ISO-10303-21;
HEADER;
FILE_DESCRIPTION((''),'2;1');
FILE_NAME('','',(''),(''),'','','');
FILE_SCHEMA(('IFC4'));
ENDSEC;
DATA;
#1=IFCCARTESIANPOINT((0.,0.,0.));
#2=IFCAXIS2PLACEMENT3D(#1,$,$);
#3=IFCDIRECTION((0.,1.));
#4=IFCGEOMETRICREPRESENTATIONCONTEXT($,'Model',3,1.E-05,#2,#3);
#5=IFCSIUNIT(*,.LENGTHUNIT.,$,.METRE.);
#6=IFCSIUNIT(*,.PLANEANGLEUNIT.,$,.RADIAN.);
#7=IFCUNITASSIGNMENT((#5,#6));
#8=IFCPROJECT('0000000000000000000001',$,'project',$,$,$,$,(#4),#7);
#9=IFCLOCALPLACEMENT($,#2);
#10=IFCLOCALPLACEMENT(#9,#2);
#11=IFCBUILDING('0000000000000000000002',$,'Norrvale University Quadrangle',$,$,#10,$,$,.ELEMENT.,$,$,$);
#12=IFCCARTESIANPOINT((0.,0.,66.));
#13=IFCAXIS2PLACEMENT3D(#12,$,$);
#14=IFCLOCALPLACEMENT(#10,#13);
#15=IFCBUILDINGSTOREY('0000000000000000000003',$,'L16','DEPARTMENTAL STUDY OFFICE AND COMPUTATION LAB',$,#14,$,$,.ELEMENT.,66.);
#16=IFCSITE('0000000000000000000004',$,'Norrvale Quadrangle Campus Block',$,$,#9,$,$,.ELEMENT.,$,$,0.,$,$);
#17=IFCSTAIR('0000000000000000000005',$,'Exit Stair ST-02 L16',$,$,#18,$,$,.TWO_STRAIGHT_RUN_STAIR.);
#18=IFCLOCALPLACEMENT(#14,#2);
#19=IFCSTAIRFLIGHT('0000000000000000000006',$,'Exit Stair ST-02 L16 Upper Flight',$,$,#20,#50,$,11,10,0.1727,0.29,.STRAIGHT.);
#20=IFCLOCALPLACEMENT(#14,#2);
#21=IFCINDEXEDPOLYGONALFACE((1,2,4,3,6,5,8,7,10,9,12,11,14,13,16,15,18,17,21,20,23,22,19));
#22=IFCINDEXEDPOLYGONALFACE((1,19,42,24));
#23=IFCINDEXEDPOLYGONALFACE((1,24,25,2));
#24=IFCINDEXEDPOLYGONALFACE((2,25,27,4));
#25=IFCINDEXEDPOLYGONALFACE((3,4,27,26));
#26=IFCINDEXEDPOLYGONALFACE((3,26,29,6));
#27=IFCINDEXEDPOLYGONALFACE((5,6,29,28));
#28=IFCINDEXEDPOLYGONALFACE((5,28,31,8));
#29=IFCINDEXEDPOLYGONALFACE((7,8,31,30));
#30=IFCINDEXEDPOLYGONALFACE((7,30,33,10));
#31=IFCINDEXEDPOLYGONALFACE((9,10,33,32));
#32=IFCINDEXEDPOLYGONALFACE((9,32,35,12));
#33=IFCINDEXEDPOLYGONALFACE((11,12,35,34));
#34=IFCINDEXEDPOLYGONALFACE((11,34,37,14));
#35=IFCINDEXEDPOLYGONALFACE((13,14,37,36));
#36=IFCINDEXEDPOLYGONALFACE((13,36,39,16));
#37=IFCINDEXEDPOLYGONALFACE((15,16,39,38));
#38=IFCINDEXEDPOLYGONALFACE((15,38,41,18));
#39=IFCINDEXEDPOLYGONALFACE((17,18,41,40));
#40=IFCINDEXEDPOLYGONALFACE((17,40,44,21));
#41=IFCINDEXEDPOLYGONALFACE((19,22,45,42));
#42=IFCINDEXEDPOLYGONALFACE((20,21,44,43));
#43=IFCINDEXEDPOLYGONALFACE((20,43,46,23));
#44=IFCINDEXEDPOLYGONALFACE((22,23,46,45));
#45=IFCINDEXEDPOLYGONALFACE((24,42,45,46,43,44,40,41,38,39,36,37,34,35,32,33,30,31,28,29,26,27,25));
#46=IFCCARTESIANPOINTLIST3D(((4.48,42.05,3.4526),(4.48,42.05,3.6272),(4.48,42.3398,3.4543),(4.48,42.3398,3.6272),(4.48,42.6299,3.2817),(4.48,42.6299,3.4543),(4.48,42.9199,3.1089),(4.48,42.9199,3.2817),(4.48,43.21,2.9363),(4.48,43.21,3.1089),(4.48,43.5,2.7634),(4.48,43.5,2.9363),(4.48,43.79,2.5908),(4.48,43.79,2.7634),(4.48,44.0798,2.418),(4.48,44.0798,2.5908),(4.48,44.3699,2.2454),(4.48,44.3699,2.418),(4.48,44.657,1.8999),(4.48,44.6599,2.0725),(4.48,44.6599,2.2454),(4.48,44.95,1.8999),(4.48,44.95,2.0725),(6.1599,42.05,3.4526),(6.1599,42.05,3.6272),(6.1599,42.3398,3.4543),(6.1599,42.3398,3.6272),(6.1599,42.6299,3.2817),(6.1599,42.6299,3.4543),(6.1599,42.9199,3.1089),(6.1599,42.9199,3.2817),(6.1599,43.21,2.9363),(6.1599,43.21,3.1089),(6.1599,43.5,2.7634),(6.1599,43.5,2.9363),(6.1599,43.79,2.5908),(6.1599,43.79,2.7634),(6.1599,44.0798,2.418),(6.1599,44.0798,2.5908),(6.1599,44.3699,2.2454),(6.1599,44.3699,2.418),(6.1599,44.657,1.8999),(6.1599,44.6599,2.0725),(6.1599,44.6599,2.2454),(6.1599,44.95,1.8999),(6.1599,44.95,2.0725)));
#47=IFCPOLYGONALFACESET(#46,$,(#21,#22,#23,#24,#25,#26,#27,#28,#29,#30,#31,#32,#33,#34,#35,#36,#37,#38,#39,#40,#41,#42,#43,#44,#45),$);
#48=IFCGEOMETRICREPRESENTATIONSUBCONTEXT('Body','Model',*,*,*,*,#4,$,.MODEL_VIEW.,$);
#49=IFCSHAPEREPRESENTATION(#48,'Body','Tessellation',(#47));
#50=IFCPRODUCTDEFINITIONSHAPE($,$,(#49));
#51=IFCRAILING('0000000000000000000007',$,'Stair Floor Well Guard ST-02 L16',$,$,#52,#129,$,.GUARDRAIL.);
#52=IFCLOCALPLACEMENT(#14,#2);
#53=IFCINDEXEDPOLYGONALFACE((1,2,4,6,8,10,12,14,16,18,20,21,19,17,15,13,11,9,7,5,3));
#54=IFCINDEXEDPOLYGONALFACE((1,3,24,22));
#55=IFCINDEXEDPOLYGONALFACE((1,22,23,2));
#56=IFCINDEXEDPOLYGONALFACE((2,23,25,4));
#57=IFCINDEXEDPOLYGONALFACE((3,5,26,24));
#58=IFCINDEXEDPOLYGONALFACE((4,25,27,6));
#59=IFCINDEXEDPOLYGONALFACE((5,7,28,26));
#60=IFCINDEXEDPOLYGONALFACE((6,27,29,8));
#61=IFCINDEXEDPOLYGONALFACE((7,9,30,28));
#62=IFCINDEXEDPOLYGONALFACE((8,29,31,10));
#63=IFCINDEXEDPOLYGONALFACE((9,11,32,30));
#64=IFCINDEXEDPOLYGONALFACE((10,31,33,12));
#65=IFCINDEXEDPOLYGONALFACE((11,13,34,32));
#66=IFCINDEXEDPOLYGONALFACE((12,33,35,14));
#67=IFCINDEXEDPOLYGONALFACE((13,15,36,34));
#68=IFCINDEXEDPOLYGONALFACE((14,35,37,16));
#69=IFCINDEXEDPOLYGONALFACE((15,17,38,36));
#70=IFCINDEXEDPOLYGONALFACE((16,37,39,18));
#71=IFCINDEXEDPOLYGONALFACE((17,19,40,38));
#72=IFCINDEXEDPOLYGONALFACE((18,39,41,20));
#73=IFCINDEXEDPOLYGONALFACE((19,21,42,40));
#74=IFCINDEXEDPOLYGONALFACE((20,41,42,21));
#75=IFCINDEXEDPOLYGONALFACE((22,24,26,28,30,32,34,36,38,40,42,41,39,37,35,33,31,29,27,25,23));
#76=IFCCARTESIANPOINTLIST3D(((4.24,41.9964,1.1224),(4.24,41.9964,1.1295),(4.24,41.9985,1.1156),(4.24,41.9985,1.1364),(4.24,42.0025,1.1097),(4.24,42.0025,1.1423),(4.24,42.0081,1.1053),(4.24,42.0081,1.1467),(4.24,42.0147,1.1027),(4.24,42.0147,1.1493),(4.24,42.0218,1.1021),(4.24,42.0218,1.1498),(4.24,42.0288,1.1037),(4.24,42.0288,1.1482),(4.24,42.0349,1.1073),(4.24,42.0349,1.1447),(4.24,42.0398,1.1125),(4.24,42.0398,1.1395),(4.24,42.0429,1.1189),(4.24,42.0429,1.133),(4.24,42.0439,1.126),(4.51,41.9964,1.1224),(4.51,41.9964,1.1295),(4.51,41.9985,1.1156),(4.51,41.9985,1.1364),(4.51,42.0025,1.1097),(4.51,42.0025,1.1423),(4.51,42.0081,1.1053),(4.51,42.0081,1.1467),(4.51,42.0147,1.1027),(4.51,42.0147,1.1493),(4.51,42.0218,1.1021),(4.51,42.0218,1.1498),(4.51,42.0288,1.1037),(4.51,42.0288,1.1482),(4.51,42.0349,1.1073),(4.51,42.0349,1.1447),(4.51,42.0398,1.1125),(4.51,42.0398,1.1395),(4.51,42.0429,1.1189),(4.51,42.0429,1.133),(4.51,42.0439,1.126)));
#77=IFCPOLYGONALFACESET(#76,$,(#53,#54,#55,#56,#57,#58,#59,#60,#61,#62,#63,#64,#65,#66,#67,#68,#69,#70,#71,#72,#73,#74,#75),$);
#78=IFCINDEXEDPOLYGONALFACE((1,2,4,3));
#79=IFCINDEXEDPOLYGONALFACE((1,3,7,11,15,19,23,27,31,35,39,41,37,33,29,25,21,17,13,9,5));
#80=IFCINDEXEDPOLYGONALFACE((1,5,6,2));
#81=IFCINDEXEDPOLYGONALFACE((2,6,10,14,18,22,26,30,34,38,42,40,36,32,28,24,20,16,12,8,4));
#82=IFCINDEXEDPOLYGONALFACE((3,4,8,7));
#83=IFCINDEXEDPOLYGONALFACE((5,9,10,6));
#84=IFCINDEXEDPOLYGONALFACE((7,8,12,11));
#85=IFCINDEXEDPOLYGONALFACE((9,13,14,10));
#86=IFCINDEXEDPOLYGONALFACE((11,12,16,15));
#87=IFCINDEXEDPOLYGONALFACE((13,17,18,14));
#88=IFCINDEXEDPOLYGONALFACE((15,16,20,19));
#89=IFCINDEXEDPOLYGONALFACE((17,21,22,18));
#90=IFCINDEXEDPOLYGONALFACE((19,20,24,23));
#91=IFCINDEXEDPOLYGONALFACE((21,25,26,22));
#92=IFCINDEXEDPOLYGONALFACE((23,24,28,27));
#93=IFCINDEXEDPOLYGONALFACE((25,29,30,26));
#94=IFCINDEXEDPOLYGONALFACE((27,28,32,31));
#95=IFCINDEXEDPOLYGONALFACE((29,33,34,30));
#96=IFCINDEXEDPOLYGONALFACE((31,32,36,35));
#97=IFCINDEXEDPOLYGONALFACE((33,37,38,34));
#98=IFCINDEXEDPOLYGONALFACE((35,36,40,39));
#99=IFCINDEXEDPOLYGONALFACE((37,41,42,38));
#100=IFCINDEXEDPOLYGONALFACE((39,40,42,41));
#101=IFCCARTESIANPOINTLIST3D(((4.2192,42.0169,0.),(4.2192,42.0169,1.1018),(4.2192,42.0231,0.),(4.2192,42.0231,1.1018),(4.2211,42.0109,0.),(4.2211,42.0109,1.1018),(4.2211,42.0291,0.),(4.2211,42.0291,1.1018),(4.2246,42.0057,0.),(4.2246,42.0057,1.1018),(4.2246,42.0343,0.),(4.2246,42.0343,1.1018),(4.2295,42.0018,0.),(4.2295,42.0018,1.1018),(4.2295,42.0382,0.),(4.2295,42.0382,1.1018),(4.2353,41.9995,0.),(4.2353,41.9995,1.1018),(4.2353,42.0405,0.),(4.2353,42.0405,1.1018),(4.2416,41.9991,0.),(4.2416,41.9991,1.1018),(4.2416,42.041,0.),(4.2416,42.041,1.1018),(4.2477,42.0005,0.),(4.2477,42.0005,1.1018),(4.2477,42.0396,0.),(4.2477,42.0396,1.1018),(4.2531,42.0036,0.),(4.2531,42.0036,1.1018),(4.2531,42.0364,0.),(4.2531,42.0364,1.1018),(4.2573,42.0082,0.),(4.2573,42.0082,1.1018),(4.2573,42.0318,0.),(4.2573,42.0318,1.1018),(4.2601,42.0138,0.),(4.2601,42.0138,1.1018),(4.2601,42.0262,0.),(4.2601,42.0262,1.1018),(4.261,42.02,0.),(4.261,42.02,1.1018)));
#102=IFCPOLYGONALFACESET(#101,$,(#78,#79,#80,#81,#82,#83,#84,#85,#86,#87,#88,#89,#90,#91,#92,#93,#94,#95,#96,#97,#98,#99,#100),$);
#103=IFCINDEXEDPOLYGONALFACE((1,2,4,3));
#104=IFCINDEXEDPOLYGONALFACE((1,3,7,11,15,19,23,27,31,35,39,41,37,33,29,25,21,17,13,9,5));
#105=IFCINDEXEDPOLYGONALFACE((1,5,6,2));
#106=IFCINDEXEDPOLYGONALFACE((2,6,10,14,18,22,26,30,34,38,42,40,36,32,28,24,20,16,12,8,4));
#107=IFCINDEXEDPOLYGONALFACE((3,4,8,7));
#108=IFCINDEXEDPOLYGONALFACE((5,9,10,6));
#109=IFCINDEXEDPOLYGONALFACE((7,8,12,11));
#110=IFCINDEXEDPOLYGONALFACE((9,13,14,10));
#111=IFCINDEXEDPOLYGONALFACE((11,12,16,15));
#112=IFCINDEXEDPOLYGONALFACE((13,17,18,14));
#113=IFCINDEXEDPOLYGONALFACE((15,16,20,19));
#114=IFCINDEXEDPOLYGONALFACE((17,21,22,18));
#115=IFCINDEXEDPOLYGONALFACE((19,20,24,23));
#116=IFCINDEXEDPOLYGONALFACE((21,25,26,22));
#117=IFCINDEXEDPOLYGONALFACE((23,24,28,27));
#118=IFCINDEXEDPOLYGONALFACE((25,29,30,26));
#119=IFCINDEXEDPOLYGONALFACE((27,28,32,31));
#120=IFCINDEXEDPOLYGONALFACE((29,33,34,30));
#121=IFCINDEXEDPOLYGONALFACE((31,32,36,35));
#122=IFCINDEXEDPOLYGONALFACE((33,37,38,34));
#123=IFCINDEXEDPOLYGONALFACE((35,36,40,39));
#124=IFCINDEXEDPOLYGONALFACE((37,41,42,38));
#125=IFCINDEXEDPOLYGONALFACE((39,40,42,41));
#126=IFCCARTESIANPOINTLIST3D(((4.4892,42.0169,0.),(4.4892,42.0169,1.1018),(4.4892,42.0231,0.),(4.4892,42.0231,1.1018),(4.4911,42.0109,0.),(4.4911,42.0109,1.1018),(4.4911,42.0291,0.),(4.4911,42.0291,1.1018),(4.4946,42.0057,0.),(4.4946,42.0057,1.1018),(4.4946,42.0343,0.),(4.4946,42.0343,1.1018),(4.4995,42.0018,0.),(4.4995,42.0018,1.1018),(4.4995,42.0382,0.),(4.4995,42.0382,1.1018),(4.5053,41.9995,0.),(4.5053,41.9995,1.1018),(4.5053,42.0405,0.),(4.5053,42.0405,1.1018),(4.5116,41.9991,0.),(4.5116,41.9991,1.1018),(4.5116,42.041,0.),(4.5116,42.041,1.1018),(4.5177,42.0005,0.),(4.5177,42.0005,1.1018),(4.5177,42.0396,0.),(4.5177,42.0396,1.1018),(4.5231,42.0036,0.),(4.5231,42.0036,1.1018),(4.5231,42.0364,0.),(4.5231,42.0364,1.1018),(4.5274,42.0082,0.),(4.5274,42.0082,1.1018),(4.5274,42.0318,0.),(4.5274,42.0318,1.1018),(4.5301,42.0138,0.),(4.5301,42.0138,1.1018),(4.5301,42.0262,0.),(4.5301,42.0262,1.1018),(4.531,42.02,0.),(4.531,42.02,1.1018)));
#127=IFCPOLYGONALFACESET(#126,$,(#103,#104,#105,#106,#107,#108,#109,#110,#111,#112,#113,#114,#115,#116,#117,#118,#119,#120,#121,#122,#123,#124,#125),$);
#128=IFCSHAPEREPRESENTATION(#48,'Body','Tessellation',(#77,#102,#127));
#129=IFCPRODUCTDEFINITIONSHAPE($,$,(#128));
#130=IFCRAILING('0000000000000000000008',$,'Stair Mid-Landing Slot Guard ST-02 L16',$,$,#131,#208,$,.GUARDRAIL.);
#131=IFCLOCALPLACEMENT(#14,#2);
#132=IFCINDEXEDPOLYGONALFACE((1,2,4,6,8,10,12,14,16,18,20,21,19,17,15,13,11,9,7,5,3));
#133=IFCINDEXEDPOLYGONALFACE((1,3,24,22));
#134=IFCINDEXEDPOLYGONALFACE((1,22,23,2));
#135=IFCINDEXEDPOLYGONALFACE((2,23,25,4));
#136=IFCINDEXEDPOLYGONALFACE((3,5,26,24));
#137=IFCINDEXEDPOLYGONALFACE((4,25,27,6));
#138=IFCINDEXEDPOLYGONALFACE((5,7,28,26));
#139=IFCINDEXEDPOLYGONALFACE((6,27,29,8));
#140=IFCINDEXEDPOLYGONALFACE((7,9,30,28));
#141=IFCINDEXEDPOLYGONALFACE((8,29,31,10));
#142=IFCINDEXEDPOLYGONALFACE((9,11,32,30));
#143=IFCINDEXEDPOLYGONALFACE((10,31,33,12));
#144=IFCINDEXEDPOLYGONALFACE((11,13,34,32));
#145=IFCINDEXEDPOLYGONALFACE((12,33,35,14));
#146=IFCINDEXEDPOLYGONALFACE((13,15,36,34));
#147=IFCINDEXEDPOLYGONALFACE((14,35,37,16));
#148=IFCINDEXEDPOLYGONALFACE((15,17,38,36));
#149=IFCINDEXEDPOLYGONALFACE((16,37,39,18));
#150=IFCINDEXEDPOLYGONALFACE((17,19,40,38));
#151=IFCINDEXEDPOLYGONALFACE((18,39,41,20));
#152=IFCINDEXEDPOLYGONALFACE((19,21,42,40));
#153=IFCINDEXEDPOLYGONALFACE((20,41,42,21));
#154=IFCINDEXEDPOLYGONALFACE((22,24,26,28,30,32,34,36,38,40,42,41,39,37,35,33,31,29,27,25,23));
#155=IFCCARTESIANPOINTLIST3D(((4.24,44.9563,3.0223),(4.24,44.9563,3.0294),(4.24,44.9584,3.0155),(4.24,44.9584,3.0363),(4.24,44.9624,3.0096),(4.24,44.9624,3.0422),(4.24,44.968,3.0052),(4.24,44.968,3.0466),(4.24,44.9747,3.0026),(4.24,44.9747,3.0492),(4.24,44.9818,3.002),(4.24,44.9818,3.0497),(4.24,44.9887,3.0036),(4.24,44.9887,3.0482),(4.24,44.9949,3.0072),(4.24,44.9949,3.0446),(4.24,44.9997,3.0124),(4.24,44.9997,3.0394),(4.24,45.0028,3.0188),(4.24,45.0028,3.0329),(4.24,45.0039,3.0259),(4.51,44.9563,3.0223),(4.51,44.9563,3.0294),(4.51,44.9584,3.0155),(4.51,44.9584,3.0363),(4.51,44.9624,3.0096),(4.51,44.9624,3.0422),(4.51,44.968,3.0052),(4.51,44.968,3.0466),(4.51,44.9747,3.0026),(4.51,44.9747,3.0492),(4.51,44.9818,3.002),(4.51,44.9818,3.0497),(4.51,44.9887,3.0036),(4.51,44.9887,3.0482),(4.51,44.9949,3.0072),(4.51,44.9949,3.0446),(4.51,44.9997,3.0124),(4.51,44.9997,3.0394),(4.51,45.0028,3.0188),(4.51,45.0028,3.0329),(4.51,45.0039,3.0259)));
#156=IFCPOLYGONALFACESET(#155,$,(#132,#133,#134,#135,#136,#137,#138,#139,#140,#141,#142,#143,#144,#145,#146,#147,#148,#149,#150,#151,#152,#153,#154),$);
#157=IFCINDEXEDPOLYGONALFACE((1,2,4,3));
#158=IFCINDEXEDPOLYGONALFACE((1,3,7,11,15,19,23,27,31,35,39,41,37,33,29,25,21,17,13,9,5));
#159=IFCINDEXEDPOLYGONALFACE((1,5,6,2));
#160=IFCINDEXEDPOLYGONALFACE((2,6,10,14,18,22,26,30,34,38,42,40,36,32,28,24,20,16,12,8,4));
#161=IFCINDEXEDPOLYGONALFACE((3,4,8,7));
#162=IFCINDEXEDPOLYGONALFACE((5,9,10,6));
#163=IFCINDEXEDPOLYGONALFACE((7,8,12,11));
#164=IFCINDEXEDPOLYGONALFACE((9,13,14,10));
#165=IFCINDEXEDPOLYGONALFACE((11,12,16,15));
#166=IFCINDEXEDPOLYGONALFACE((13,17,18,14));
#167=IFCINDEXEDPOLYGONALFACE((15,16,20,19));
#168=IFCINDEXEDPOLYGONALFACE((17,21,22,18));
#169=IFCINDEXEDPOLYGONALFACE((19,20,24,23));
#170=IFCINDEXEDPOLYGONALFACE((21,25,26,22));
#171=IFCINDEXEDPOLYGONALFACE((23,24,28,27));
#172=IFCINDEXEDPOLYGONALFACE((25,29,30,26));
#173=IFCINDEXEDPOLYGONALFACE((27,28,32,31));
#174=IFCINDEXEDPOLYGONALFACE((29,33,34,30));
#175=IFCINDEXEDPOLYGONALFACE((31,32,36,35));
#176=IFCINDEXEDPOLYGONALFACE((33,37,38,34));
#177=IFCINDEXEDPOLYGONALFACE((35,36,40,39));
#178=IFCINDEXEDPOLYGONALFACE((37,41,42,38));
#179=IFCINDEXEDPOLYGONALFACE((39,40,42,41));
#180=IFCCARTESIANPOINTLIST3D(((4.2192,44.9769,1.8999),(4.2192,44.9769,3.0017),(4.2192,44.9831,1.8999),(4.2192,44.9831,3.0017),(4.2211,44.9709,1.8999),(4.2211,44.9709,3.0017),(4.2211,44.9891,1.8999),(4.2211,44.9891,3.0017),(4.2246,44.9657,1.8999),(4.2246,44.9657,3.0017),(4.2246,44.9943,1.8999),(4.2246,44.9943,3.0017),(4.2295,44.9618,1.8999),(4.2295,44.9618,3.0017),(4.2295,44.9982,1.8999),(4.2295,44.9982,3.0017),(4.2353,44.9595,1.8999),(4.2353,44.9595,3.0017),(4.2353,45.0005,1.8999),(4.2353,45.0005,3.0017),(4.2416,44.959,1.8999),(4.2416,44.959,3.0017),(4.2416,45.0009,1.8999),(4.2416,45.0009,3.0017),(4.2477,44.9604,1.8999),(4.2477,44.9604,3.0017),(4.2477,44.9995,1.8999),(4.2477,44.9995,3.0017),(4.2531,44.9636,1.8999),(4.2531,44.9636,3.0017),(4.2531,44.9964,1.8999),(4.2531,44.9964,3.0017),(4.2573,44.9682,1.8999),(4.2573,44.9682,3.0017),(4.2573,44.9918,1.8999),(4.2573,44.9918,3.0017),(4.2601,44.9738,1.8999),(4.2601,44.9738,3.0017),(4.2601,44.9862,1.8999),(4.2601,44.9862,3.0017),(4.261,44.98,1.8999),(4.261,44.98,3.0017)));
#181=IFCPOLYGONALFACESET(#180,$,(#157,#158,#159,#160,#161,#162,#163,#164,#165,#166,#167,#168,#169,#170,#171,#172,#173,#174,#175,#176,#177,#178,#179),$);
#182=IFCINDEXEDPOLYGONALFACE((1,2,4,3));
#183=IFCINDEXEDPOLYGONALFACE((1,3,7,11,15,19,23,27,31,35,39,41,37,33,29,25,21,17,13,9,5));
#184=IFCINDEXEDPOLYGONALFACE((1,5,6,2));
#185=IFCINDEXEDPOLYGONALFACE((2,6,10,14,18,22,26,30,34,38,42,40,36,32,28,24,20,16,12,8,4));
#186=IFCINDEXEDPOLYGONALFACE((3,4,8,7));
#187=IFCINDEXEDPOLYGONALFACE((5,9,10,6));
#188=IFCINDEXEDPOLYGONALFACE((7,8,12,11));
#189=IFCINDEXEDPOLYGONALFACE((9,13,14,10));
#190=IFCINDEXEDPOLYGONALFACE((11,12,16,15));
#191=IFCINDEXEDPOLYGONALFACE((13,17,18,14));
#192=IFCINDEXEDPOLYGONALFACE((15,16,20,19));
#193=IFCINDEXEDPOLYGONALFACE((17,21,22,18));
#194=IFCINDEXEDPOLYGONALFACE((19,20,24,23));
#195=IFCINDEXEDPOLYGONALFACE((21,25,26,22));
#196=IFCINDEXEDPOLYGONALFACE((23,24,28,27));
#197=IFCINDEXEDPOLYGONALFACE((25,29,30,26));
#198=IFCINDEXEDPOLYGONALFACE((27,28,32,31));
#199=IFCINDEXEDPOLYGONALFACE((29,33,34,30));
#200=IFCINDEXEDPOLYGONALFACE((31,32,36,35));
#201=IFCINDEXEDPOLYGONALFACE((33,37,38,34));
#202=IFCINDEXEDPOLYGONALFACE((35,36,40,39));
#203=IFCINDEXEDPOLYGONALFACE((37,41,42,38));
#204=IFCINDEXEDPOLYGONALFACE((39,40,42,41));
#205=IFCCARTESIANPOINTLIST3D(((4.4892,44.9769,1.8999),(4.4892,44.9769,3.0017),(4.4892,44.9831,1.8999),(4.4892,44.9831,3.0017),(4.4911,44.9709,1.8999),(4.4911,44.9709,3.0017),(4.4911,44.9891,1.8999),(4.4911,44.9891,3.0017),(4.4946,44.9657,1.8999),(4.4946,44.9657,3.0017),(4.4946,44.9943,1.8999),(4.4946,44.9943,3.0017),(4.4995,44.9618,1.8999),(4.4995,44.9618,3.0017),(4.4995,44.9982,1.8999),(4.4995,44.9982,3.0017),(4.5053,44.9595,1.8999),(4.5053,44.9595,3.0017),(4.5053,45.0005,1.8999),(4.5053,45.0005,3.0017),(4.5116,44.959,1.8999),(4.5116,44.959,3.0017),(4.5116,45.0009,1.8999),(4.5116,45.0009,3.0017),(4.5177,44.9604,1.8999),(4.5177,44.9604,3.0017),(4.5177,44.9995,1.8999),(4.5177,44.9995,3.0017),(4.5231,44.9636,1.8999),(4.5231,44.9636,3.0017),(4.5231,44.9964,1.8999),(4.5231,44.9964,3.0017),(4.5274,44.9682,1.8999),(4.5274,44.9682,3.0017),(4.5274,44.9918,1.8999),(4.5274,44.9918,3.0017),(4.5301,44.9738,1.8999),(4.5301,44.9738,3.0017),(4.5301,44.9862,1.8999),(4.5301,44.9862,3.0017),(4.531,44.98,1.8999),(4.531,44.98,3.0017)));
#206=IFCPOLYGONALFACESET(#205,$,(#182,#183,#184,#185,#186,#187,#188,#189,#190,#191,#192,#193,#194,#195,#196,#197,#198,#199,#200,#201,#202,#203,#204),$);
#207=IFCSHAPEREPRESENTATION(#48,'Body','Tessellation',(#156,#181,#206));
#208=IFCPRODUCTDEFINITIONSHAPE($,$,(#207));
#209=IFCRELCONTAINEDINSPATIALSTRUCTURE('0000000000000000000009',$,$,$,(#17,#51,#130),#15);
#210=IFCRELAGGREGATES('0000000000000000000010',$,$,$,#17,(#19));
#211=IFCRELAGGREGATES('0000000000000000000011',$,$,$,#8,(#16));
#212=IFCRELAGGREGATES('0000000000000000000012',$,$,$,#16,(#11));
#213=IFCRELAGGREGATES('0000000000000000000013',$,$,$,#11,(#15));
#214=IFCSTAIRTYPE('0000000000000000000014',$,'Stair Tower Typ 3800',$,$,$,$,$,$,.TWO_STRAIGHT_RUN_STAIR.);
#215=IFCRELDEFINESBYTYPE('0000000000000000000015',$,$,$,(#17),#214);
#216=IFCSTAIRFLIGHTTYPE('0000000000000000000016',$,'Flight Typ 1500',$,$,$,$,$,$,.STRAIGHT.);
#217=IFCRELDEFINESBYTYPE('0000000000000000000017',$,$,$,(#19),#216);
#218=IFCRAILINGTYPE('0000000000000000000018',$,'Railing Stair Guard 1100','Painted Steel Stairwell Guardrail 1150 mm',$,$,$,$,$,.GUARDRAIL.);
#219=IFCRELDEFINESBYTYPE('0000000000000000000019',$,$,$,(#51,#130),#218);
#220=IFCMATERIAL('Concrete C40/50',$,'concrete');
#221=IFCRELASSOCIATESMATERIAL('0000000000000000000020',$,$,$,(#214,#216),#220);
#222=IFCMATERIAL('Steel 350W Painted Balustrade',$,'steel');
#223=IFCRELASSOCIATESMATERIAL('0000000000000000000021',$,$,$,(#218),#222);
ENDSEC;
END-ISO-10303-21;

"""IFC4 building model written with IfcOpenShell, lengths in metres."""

from ifc_helpers import new_model, si_unit, direction, frame, origin, origin_2d, place, context, subcontext, project, spatial, polyline, circle, outline, extrude, material, type_object, element, aggregate, save


model = new_model("IFC4")

# Units and contexts
model_context = context("Model", 3, precision=1e-05, world=origin(), true_north=direction((0.0, 1.0)))
body_context = subcontext(model_context, "Body", "Model", "MODEL_VIEW")
ifc_project = project(units=[si_unit("LENGTHUNIT", "METRE"), si_unit("PLANEANGLEUNIT", "RADIAN")], contexts=[model_context])

# Site, building, storey
site_placement = place(None, origin())
site = spatial("IfcSite", under=ifc_project, at=site_placement, Name="Norrvale Quadrangle Campus Block", CompositionType="ELEMENT", RefElevation=0.0)
building_placement = place(site_placement, origin())
building = spatial("IfcBuilding", under=site, at=building_placement, Name="Norrvale University Quadrangle", CompositionType="ELEMENT")
storey_placement = place(building_placement, frame((0.0, 0.0, 66.0)))
storey = spatial("IfcBuildingStorey", under=building, at=storey_placement, Name="L16", Description="DEPARTMENTAL STUDY OFFICE AND COMPUTATION LAB", CompositionType="ELEMENT", Elevation=66.0)

# Stair, stair flight
ifc_material_1 = material(Name="Concrete C40/50", Category="concrete")
stair_type = type_object("IfcStairType", Name="Stair Tower Typ 3800", PredefinedType="TWO_STRAIGHT_RUN_STAIR", material=ifc_material_1)
stair_placement = place(storey_placement, origin())
stair = element("IfcStair", 1, at=stair_placement, inside=storey, type_object=stair_type, Name="Exit Stair ST-02 L16", PredefinedType="TWO_STRAIGHT_RUN_STAIR")
stair_flight_type = type_object("IfcStairFlightType", Name="Flight Typ 1500", PredefinedType="STRAIGHT", material=ifc_material_1)
stair_flight_1_placement = place(storey_placement, frame((5.3201, 44.95, 1.8999), z_axis=(0.0, 0.0, 1.0), x_axis=(0.0, -1.0, 0.0)))
stair_flight_1 = element("IfcStairFlight", 2, at=stair_flight_1_placement, type_object=stair_flight_type, Name="Exit Stair ST-02 L16 Upper Flight", NumberOfRisers=11, NumberOfTreads=10, PredefinedType="STRAIGHT", RiserHeight=0.1727, TreadLength=0.29, context=body_context, shape_type="SweptSolid", body=[
    extrude(outline(polyline([(0.0, 0.0), (0.0, 0.1726), (0.29, 0.1726), (0.29, 0.3455), (0.5801, 0.3455), (0.5801, 0.5181), (0.8701, 0.5181), (0.8701, 0.6909), (1.1599, 0.6909), (1.1599, 0.8635), (1.45, 0.8635), (1.45, 1.0364), (1.74, 1.0364), (1.74, 1.209), (2.03, 1.209), (2.03, 1.3818), (2.3201, 1.3818), (2.3201, 1.5544), (2.6101, 1.5544), (2.6101, 1.7273), (2.8999, 1.7273), (2.8999, 1.8999), (2.8999, 1.5527), (0.293, 0.0), (0.0, 0.0)])), frame((0.0, 0.8398, 0.0), z_axis=(0.0, -1.0, 0.0), x_axis=(1.0, 0.0, 0.0)), (0.0, 0.0, 1.0), 1.6799),
])
aggregate(stair, [stair_flight_1])

# Railings
ifc_material_2 = material(Name="Steel 350W Painted Balustrade", Category="steel")
railing_type_1 = type_object("IfcRailingType", Name="Railing Stair Guard 1100", Description="Painted Steel Stairwell Guardrail 1150 mm", PredefinedType="GUARDRAIL", material=ifc_material_2)
for number, where, name in (
    (3, (4.24, 42.02, 0.0), "Stair Floor Well Guard ST-02 L16"),
    (4, (4.24, 44.98, 1.8999), "Stair Mid-Landing Slot Guard ST-02 L16"),
):
    element("IfcRailing", number, at=place(storey_placement, frame(where)), inside=storey, type_object=railing_type_1, Name=name, PredefinedType="GUARDRAIL", context=body_context, shape_type="SweptSolid", body=[
        extrude(circle(Radius=0.0239, at=origin_2d()), frame((0.0, 0.0, 1.126), z_axis=(1.0, 0.0, 0.0), x_axis=(0.0, 1.0, 0.0)), (0.0, 0.0, 1.0), 0.27),
        extrude(circle(Radius=0.021, at=origin_2d()), origin(), (0.0, 0.0, 1.0), 1.1018),
        extrude(circle(Radius=0.021, at=origin_2d()), frame((0.27, 0.0, 0.0)), (0.0, 0.0, 1.0), 1.1018),
    ])

save(model, "model.ifc")
